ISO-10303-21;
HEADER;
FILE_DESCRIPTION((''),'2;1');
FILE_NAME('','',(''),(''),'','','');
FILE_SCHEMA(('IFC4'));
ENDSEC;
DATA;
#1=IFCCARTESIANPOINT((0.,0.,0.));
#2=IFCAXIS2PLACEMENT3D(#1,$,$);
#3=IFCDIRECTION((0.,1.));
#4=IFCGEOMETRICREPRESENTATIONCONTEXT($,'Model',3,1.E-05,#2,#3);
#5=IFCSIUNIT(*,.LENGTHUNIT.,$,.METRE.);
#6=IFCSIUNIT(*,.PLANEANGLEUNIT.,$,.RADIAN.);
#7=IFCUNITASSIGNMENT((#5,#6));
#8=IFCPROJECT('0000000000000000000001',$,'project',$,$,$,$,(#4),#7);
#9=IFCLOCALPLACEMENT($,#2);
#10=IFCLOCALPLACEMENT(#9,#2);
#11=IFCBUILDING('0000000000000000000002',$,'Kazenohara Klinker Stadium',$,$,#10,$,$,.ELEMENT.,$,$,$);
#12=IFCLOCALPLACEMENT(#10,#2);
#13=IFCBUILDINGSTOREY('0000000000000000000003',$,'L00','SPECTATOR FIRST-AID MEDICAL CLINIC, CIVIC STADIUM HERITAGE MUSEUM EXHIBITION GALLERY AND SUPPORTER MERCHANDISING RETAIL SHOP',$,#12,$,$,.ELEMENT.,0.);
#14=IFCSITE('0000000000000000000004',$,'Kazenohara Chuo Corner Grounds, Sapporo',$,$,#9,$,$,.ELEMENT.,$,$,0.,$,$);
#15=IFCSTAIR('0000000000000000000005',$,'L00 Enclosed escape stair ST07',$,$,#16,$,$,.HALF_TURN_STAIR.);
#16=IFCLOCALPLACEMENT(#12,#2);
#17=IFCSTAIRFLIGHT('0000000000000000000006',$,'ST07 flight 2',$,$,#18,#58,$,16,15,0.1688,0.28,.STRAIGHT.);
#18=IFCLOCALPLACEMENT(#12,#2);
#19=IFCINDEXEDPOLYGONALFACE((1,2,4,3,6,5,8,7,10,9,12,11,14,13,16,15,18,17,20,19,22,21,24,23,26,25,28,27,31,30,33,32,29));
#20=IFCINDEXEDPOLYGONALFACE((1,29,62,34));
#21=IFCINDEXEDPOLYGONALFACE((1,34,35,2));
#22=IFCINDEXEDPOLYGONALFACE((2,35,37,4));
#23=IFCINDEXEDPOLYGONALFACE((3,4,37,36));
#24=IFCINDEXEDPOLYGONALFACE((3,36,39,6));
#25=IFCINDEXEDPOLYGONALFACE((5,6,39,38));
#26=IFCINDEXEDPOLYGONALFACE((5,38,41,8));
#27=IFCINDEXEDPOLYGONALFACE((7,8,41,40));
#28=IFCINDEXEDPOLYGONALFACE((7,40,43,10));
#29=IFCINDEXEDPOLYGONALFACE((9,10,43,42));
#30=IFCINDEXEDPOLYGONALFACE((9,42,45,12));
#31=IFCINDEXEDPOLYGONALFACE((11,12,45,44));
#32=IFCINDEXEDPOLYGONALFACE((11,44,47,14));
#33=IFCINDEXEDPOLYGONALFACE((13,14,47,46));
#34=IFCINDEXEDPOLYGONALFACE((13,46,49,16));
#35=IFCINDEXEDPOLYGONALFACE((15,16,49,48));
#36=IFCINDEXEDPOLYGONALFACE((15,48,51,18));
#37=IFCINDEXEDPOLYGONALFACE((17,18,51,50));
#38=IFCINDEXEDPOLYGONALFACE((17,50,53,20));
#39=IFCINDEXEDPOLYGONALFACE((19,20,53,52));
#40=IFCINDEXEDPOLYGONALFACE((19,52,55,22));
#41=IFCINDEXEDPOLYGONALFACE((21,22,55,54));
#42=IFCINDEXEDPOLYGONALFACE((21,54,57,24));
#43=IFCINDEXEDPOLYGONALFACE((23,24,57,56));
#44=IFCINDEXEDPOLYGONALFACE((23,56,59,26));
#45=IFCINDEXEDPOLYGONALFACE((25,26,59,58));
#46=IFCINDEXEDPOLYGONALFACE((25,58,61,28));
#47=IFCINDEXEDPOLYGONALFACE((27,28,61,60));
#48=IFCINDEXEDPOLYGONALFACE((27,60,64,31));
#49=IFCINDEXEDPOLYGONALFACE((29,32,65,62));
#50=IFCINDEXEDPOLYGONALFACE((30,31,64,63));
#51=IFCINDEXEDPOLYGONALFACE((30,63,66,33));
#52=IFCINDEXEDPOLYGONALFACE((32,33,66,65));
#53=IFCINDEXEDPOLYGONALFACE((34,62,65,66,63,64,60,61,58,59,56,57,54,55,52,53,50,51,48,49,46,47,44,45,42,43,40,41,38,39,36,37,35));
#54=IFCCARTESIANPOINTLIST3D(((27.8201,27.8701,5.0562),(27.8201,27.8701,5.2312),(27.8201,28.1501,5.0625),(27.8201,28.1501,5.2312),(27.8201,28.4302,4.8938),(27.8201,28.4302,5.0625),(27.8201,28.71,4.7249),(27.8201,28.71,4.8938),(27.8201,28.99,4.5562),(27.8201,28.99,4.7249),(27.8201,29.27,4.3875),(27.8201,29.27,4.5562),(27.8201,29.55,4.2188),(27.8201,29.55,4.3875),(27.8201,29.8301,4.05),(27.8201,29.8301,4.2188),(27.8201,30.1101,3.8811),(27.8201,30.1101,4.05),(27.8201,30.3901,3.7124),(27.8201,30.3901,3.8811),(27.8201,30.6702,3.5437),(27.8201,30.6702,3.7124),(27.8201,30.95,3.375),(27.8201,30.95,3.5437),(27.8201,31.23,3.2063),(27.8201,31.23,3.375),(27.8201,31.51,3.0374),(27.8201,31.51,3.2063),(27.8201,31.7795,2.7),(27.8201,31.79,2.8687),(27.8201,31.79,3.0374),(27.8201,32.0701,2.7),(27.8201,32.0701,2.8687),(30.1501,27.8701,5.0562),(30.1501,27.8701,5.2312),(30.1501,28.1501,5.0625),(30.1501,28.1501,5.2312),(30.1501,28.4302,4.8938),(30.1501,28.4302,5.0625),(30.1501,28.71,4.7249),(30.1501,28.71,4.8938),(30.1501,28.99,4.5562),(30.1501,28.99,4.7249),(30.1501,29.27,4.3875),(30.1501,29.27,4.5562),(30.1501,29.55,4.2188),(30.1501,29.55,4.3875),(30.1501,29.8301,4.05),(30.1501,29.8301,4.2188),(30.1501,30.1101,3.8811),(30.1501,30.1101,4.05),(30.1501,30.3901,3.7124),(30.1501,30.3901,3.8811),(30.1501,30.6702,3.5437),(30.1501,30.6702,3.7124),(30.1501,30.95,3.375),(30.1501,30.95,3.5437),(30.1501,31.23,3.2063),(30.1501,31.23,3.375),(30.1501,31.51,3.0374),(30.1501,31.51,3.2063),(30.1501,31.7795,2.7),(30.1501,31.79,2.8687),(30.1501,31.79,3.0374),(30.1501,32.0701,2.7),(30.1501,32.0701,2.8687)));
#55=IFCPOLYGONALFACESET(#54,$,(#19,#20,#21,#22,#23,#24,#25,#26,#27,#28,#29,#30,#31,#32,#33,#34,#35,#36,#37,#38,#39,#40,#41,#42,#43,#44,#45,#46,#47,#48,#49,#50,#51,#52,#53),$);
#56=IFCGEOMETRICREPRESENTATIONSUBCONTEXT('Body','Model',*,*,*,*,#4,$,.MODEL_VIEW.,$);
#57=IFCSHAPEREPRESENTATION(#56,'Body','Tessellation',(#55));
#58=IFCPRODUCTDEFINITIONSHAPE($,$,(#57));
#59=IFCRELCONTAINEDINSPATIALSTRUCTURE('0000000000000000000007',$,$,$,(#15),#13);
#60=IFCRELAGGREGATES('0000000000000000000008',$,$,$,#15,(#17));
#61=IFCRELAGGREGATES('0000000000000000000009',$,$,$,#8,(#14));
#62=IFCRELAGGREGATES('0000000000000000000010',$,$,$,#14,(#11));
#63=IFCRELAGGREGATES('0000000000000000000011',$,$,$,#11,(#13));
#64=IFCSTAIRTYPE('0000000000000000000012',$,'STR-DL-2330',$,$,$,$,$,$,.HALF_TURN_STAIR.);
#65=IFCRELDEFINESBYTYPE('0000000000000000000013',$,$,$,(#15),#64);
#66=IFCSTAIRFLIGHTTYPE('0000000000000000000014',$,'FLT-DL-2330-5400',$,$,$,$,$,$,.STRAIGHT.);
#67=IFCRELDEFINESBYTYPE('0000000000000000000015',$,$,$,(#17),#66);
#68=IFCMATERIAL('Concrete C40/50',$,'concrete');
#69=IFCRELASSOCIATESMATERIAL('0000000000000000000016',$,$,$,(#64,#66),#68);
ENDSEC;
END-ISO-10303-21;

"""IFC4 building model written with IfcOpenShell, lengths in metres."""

from ifc_helpers import new_model, si_unit, direction, frame, origin, place, context, subcontext, project, spatial, polyline, outline, extrude, material, type_object, element, aggregate, save


model = new_model("IFC4")

# Units and contexts
model_context = context("Model", 3, precision=1e-05, world=origin(), true_north=direction((0.0, 1.0)))
body_context = subcontext(model_context, "Body", "Model", "MODEL_VIEW")
ifc_project = project(units=[si_unit("LENGTHUNIT", "METRE"), si_unit("PLANEANGLEUNIT", "RADIAN")], contexts=[model_context])

# Site, building, storey
site_placement = place(None, origin())
site = spatial("IfcSite", under=ifc_project, at=site_placement, Name="Kazenohara Chuo Corner Grounds, Sapporo", CompositionType="ELEMENT", RefElevation=0.0)
building_placement = place(site_placement, origin())
building = spatial("IfcBuilding", under=site, at=building_placement, Name="Kazenohara Klinker Stadium", CompositionType="ELEMENT")
storey_placement = place(building_placement, origin())
storey = spatial("IfcBuildingStorey", under=building, at=storey_placement, Name="L00", Description="SPECTATOR FIRST-AID MEDICAL CLINIC, CIVIC STADIUM HERITAGE MUSEUM EXHIBITION GALLERY AND SUPPORTER MERCHANDISING RETAIL SHOP", CompositionType="ELEMENT", Elevation=0.0)

# Shared definitions
ifc_material_1 = material(Name="Concrete C40/50", Category="concrete")

# Stair, stair flight
stair_type = type_object("IfcStairType", Name="STR-DL-2330", PredefinedType="HALF_TURN_STAIR", material=ifc_material_1)
stair_placement = place(storey_placement, origin())
stair = element("IfcStair", 1, at=stair_placement, inside=storey, type_object=stair_type, Name="L00 Enclosed escape stair ST07", PredefinedType="HALF_TURN_STAIR")
stair_flight_type = type_object("IfcStairFlightType", Name="FLT-DL-2330-5400", PredefinedType="STRAIGHT", material=ifc_material_1)
stair_flight_placement = place(storey_placement, frame((28.9851, 32.0701, 2.7), z_axis=(0.0, 0.0, 1.0), x_axis=(0.0, -1.0, 0.0)))
stair_flight = element("IfcStairFlight", 2, at=stair_flight_placement, type_object=stair_flight_type, Name="ST07 flight 2", NumberOfRisers=16, NumberOfTreads=15, PredefinedType="STRAIGHT", RiserHeight=0.1688, TreadLength=0.28, context=body_context, shape_type="SweptSolid", body=[
    extrude(outline(polyline([(0.0, 0.0), (0.0, 0.1687), (0.28, 0.1687), (0.28, 0.3374), (0.5601, 0.3374), (0.5601, 0.5063), (0.8401, 0.5063), (0.8401, 0.675), (1.1201, 0.675), (1.1201, 0.8438), (1.3999, 0.8438), (1.3999, 1.0125), (1.6799, 1.0125), (1.6799, 1.1812), (1.96, 1.1812), (1.96, 1.3501), (2.24, 1.3501), (2.24, 1.5188), (2.52, 1.5188), (2.52, 1.6875), (2.8, 1.6875), (2.8, 1.8562), (3.0801, 1.8562), (3.0801, 2.0249), (3.3601, 2.0249), (3.3601, 2.1938), (3.6399, 2.1938), (3.6399, 2.3625), (3.9199, 2.3625), (3.9199, 2.5312), (4.2, 2.5312), (4.2, 2.7), (4.2, 2.3562), (0.2905, 0.0), (0.0, 0.0)])), frame((0.0, 1.165, 0.0), z_axis=(0.0, -1.0, 0.0), x_axis=(1.0, 0.0, 0.0)), (0.0, 0.0, 1.0), 2.3301),
])
aggregate(stair, [stair_flight])

save(model, "model.ifc")
